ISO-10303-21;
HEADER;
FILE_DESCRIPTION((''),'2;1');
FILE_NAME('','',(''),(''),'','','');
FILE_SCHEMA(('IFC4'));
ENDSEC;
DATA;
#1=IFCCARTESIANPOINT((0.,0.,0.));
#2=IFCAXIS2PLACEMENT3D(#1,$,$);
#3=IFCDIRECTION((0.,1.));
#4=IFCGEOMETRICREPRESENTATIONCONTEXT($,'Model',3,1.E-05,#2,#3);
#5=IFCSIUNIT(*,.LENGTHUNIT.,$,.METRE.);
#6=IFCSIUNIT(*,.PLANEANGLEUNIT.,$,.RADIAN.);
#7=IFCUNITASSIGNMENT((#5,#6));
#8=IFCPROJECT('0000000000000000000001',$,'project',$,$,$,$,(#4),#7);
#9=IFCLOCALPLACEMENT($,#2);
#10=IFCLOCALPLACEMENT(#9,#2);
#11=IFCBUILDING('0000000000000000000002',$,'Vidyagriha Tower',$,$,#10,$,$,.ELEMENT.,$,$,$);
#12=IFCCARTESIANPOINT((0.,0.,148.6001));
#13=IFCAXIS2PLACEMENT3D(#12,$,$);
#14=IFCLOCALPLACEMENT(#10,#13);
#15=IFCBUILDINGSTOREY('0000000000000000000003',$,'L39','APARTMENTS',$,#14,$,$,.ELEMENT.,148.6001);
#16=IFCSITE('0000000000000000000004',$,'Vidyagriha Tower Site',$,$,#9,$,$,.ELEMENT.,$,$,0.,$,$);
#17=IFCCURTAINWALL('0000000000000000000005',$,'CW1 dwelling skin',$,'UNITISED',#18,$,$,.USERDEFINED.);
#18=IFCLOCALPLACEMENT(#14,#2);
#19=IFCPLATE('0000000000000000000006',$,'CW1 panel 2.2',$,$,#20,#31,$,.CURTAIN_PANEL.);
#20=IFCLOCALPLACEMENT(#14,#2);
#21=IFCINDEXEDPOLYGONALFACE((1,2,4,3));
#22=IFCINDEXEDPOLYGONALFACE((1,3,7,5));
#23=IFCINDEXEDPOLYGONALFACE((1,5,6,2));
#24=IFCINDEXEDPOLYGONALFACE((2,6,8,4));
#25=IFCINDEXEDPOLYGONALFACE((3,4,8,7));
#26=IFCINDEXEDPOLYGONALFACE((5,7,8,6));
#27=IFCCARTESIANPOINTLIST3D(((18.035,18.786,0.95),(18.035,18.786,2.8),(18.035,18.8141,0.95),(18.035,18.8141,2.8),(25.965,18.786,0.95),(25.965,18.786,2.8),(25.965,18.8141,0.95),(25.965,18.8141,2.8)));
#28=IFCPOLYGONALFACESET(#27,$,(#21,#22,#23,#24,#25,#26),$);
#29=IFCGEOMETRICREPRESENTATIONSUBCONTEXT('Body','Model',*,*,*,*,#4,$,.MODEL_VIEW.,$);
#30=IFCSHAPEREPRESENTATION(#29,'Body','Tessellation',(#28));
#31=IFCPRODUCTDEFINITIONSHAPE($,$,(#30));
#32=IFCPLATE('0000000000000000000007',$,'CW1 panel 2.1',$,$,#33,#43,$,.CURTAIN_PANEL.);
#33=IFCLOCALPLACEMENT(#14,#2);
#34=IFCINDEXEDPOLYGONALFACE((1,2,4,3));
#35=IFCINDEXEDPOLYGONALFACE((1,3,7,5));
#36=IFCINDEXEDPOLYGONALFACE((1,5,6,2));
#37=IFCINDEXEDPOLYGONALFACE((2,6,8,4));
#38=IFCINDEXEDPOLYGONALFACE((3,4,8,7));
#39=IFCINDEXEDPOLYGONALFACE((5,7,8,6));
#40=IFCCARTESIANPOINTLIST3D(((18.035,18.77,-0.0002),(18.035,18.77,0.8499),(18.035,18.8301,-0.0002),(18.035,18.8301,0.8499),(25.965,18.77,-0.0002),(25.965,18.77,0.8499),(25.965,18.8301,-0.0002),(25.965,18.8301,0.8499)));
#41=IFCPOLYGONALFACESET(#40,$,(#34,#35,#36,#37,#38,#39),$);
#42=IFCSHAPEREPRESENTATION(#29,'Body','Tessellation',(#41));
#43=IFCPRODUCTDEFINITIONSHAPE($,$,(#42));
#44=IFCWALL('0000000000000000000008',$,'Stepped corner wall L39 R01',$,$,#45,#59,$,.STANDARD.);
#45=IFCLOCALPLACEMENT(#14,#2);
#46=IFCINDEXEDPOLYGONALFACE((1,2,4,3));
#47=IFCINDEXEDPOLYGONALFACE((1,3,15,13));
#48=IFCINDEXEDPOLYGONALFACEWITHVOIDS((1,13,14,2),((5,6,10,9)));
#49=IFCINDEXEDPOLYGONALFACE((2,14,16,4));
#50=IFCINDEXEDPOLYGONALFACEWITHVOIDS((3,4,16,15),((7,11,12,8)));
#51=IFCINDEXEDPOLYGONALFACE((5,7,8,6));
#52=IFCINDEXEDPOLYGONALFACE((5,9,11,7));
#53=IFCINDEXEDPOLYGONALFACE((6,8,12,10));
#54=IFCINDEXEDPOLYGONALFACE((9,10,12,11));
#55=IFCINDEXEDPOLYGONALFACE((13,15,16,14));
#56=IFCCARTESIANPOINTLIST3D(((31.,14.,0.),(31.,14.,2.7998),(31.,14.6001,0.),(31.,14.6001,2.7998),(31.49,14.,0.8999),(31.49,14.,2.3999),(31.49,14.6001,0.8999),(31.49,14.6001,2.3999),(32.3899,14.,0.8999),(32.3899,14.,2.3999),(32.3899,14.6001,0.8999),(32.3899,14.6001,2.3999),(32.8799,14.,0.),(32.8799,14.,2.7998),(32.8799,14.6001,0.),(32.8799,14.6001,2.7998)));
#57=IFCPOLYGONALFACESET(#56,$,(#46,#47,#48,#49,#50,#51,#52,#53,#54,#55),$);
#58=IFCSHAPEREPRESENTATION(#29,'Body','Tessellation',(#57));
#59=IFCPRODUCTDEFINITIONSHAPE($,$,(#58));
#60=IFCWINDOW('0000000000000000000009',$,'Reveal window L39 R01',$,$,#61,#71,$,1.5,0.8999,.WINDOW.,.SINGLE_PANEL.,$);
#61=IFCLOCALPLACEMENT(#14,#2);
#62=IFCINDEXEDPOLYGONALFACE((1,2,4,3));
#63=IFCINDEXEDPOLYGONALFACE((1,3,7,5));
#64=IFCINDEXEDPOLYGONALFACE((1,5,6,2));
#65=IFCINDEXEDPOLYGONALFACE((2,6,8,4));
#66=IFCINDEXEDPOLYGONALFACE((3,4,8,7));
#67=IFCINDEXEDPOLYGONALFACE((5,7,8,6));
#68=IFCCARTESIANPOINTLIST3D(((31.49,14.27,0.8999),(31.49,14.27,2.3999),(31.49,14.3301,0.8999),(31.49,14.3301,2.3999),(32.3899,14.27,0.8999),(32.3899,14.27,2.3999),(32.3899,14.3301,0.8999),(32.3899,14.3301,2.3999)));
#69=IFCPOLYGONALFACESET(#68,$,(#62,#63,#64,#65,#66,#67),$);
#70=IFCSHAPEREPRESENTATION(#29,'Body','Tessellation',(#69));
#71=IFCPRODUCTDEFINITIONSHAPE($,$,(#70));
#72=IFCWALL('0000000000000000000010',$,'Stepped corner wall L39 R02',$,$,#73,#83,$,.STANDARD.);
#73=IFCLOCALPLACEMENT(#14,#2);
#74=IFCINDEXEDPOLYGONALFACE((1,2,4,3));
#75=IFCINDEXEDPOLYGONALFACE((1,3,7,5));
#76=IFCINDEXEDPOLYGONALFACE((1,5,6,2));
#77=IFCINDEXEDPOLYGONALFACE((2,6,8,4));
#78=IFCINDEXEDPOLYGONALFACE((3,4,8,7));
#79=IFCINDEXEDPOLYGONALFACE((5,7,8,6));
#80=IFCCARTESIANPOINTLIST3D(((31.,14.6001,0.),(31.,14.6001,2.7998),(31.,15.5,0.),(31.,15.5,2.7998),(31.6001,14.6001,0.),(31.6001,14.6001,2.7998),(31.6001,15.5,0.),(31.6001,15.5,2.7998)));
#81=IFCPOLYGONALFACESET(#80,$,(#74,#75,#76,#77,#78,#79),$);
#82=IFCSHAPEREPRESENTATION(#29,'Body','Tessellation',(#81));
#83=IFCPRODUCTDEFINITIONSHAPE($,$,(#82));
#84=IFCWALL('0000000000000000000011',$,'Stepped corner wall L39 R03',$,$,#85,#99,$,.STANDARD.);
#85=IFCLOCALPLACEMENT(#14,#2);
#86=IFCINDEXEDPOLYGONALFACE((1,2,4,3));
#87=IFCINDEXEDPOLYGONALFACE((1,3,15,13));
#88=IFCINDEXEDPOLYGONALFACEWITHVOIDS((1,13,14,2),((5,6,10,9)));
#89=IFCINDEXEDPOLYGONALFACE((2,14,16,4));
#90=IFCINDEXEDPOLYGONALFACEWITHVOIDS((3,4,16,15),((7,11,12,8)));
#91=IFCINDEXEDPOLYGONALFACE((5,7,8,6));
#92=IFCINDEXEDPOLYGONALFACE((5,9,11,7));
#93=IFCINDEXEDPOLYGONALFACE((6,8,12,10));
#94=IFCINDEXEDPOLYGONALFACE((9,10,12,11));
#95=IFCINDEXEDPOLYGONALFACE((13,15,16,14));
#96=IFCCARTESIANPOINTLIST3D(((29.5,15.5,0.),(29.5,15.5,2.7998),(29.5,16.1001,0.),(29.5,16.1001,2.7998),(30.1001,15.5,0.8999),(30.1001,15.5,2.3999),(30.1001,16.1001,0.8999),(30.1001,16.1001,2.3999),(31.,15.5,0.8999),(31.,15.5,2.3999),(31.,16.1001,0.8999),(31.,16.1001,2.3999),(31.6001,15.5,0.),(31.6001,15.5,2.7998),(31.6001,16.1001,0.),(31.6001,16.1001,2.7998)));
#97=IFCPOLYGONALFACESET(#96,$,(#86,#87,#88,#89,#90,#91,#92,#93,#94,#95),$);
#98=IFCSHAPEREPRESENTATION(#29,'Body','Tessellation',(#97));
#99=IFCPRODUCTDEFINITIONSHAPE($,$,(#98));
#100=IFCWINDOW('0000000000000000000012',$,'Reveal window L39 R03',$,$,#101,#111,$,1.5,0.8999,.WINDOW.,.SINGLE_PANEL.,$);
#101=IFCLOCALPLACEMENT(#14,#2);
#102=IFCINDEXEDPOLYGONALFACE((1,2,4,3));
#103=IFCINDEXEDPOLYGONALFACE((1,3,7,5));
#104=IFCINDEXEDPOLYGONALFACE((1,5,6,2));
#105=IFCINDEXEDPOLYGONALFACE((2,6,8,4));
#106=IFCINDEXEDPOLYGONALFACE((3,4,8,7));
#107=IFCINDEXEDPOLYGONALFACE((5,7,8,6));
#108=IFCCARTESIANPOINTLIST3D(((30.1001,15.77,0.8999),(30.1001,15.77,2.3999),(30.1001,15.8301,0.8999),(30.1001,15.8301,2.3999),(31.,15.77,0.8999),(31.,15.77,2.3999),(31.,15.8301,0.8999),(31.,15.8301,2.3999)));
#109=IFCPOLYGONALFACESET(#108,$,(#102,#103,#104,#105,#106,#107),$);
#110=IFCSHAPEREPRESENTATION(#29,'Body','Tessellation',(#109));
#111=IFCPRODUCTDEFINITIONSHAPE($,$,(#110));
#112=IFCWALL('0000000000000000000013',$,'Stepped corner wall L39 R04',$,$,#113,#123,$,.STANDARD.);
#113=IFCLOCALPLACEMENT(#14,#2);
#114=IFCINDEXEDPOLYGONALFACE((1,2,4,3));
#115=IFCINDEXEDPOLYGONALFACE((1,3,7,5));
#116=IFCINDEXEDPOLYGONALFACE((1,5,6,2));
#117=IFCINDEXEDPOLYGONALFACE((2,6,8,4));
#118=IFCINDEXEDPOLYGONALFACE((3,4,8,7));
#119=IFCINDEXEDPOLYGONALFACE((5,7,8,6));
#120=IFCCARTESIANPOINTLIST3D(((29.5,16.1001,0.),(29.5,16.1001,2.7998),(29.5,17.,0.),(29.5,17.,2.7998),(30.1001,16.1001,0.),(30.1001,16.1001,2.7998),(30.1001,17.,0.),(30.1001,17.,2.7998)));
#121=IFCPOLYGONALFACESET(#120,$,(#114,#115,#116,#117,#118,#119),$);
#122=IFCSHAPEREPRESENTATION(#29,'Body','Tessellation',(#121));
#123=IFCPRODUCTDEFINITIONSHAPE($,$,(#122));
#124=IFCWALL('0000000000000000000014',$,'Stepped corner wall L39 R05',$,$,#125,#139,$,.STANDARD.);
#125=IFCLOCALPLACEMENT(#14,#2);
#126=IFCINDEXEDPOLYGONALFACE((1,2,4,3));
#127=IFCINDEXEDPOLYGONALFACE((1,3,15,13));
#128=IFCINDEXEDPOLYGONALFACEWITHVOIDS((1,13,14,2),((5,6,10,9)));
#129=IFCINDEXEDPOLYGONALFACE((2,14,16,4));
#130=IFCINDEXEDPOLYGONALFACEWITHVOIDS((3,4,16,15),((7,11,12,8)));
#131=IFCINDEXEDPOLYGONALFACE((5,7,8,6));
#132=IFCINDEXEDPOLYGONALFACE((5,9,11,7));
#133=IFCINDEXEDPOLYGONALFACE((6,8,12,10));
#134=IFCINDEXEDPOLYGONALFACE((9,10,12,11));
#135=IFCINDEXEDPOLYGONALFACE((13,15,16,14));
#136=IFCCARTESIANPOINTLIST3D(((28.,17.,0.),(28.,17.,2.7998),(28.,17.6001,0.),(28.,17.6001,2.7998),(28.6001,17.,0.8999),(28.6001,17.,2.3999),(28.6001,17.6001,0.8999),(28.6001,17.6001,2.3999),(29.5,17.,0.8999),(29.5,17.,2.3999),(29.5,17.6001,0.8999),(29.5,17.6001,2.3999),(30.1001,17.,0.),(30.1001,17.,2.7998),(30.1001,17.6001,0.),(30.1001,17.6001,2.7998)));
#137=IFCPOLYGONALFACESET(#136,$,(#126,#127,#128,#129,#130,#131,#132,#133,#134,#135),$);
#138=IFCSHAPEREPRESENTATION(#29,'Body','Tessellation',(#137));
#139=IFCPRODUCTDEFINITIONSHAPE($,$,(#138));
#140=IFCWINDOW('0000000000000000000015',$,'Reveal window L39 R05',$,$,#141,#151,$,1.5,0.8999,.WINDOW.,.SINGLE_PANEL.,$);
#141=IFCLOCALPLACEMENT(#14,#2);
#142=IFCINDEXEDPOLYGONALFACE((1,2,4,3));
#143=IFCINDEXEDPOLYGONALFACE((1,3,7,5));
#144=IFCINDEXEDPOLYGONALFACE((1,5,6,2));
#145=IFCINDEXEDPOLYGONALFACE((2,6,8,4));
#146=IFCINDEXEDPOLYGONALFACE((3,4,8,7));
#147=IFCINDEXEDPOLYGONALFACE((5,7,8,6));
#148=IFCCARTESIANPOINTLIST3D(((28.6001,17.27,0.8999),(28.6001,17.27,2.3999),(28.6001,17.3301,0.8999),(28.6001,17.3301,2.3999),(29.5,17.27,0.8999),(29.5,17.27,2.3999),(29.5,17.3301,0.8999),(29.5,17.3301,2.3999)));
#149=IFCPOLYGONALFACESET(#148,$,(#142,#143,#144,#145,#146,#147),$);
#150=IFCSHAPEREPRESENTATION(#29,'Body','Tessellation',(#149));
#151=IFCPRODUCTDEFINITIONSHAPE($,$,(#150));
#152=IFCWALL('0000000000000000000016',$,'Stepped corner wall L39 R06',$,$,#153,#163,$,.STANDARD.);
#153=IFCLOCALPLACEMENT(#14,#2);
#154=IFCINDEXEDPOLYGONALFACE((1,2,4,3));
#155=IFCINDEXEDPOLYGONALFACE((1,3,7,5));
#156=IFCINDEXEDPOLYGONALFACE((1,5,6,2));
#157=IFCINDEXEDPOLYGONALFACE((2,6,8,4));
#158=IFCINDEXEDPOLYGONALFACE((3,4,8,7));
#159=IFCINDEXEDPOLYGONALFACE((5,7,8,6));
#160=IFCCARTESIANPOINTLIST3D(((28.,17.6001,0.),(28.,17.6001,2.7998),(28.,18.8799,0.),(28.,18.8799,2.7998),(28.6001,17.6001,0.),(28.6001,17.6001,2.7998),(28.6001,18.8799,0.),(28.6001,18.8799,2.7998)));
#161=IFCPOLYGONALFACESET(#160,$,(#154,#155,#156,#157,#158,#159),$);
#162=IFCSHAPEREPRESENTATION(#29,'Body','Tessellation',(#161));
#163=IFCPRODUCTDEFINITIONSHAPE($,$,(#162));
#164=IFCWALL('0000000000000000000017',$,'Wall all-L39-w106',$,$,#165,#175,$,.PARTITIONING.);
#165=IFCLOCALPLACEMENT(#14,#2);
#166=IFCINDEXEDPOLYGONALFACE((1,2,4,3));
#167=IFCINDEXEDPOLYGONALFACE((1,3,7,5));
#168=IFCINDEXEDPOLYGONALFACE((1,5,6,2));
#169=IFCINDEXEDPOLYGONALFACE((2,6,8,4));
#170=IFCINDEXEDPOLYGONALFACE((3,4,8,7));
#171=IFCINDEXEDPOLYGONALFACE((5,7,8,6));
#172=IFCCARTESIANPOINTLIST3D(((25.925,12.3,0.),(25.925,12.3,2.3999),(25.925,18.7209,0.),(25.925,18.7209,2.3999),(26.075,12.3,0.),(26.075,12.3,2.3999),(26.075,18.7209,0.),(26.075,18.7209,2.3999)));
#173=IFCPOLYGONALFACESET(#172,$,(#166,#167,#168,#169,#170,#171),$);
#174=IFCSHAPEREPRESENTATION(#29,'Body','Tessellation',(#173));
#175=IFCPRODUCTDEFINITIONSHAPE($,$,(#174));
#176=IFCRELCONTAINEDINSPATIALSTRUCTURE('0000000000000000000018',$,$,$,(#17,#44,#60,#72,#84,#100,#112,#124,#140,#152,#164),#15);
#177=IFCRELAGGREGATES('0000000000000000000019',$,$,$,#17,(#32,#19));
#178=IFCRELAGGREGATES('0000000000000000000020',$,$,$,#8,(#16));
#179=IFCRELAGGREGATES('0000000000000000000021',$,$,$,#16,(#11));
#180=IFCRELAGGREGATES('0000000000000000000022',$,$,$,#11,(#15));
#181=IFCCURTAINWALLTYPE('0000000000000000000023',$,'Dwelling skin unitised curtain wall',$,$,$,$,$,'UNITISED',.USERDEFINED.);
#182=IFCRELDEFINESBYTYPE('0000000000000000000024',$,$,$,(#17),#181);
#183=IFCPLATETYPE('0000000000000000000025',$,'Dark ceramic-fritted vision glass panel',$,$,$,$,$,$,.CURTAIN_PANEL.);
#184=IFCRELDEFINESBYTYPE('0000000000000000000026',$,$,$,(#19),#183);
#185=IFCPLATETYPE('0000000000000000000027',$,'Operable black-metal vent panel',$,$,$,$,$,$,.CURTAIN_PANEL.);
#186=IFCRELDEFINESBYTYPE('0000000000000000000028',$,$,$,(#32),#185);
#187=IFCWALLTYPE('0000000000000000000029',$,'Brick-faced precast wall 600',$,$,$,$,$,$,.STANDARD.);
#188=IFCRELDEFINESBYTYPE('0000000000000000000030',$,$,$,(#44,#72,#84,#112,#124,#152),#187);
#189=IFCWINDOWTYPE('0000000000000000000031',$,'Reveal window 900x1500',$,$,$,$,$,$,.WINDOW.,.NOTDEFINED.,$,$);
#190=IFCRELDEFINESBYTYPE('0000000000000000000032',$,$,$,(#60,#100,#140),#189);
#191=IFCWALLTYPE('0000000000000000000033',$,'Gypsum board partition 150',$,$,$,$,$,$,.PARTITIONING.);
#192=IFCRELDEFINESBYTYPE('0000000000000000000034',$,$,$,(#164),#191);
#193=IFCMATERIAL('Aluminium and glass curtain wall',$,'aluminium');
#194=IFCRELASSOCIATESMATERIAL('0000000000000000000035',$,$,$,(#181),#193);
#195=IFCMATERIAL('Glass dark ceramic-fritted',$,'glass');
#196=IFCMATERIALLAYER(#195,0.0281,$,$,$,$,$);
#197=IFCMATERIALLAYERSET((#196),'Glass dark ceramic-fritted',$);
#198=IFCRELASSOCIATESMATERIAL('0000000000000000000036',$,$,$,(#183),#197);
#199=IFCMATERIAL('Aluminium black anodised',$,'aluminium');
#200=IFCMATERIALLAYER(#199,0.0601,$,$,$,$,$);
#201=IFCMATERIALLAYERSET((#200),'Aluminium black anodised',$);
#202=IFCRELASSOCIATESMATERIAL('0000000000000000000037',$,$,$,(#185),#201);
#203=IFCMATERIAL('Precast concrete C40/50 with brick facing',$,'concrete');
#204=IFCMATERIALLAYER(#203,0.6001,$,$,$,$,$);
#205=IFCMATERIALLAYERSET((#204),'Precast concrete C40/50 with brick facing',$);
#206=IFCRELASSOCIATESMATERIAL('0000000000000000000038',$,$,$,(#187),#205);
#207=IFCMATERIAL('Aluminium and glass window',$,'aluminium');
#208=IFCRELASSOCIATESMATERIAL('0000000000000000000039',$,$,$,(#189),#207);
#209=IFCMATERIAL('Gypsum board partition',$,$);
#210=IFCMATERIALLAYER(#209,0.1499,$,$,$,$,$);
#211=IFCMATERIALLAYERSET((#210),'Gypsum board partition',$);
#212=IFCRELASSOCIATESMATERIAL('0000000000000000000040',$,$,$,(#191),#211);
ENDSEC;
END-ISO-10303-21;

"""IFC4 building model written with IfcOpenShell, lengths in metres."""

from ifc_helpers import new_model, si_unit, direction, frame, frame_2d, origin, origin_2d, place, context, subcontext, project, spatial, rectangle, extrude, material, layer, layer_set, type_object, element, fill, aggregate, save


model = new_model("IFC4")

# Units and contexts
model_context = context("Model", 3, precision=1e-05, world=origin(), true_north=direction((0.0, 1.0)))
body_context = subcontext(model_context, "Body", "Model", "MODEL_VIEW")
ifc_project = project(units=[si_unit("LENGTHUNIT", "METRE"), si_unit("PLANEANGLEUNIT", "RADIAN")], contexts=[model_context])

# Site, building, storey
site_placement = place(None, origin())
site = spatial("IfcSite", under=ifc_project, at=site_placement, Name="Vidyagriha Tower Site", CompositionType="ELEMENT", RefElevation=0.0)
building_placement = place(site_placement, origin())
building = spatial("IfcBuilding", under=site, at=building_placement, Name="Vidyagriha Tower", CompositionType="ELEMENT")
storey_placement = place(building_placement, frame((0.0, 0.0, 148.6001)))
storey = spatial("IfcBuildingStorey", under=building, at=storey_placement, Name="L39", Description="APARTMENTS", CompositionType="ELEMENT", Elevation=148.6001)

# Curtain wall, plates
ifc_material_1 = material(Name="Aluminium and glass curtain wall", Category="aluminium")
curtain_wall_type = type_object("IfcCurtainWallType", Name="Dwelling skin unitised curtain wall", ElementType="UNITISED", PredefinedType="USERDEFINED", material=ifc_material_1)
curtain_wall_placement = place(storey_placement, origin())
curtain_wall = element("IfcCurtainWall", 1, at=curtain_wall_placement, inside=storey, type_object=curtain_wall_type, Name="CW1 dwelling skin", ObjectType="UNITISED", PredefinedType="USERDEFINED")
ifc_material_2 = material(Name="Glass dark ceramic-fritted", Category="glass")
ifc_layer_1 = layer(ifc_material_2, 0.0281)
ifc_layer_set_1 = layer_set([ifc_layer_1], Name="Glass dark ceramic-fritted")
plate_type_1 = type_object("IfcPlateType", Name="Dark ceramic-fritted vision glass panel", PredefinedType="CURTAIN_PANEL", material=ifc_layer_set_1)
plate_1_placement = place(storey_placement, frame((22.0, 18.8, 0.95), z_axis=(0.0, 0.0, 1.0), x_axis=(-1.0, 0.0, 0.0)))
plate_1 = element("IfcPlate", 2, at=plate_1_placement, type_object=plate_type_1, Name="CW1 panel 2.2", PredefinedType="CURTAIN_PANEL", context=body_context, shape_type="SweptSolid", body=[
    extrude(rectangle(XDim=7.9299, YDim=0.0281, at=origin_2d()), origin(), (0.0, 0.0, 1.0), 1.8501),
])
ifc_material_3 = material(Name="Aluminium black anodised", Category="aluminium")
ifc_layer_2 = layer(ifc_material_3, 0.0601)
ifc_layer_set_2 = layer_set([ifc_layer_2], Name="Aluminium black anodised")
plate_type_2 = type_object("IfcPlateType", Name="Operable black-metal vent panel", PredefinedType="CURTAIN_PANEL", material=ifc_layer_set_2)
plate_2_placement = place(storey_placement, frame((22.0, 18.8, -0.0002), z_axis=(0.0, 0.0, 1.0), x_axis=(-1.0, 0.0, 0.0)))
plate_2 = element("IfcPlate", 3, at=plate_2_placement, type_object=plate_type_2, Name="CW1 panel 2.1", PredefinedType="CURTAIN_PANEL", context=body_context, shape_type="SweptSolid", body=[
    extrude(rectangle(XDim=7.9299, YDim=0.0601, at=origin_2d()), origin(), (0.0, 0.0, 1.0), 0.8501),
])
aggregate(curtain_wall, [plate_2, plate_1])

# Wall, opening, window
ifc_material_4 = material(Name="Precast concrete C40/50 with brick facing", Category="concrete")
ifc_layer_3 = layer(ifc_material_4, 0.6001)
ifc_layer_set_3 = layer_set([ifc_layer_3], Name="Precast concrete C40/50 with brick facing")
wall_type_1 = type_object("IfcWallType", Name="Brick-faced precast wall 600", PredefinedType="STANDARD", material=ifc_layer_set_3)
wall_1_placement = place(storey_placement, frame((32.8799, 14.3, 0.0), z_axis=(0.0, 0.0, 1.0), x_axis=(-1.0, 0.0, 0.0)))
wall_1 = element("IfcWall", 4, at=wall_1_placement, inside=storey, type_object=wall_type_1, Name="Stepped corner wall L39 R01", PredefinedType="STANDARD", context=body_context, shape_type="SweptSolid", body=[
    extrude(rectangle(XDim=1.8799, YDim=0.6001, at=frame_2d((0.9399, 0.0))), origin(), (0.0, 0.0, 1.0), 2.7998),
])
opening_1_placement = place(wall_1_placement, frame((0.49, 0.0, 0.8999)))
opening_1 = element("IfcOpeningElement", 5, at=opening_1_placement, cuts=wall_1, PredefinedType="OPENING", context=body_context, shape_type="SweptSolid", body=[
    extrude(rectangle(XDim=0.8999, YDim=1.5, at=frame_2d((0.45, 0.75))), frame((0.0, 0.3101, 0.0), z_axis=(0.0, -1.0, 0.0), x_axis=(1.0, 0.0, 0.0)), (0.0, 0.0, 1.0), 0.6201),
])
ifc_material_5 = material(Name="Aluminium and glass window", Category="aluminium")
window_type = type_object("IfcWindowType", Name="Reveal window 900x1500", PartitioningType="NOTDEFINED", PredefinedType="WINDOW", material=ifc_material_5)
window_1_placement = place(opening_1_placement, origin())
window_1 = element("IfcWindow", 6, at=window_1_placement, inside=storey, type_object=window_type, Name="Reveal window L39 R01", OverallHeight=1.5, OverallWidth=0.8999, PartitioningType="SINGLE_PANEL", PredefinedType="WINDOW", context=body_context, shape_type="SweptSolid", body=[
    extrude(rectangle(XDim=0.8999, YDim=1.5, at=frame_2d((0.45, 0.75))), frame((0.0, 0.03, 0.0), z_axis=(0.0, -1.0, 0.0), x_axis=(1.0, 0.0, 0.0)), (0.0, 0.0, 1.0), 0.0601),
])
fill(opening_1, window_1)

# Wall
wall_2_placement = place(storey_placement, frame((31.3, 14.6001, 0.0), z_axis=(0.0, 0.0, 1.0), x_axis=(0.0, 1.0, 0.0)))
element("IfcWall", 7, at=wall_2_placement, inside=storey, type_object=wall_type_1, Name="Stepped corner wall L39 R02", PredefinedType="STANDARD", context=body_context, shape_type="SweptSolid", body=[
    extrude(rectangle(XDim=0.8999, YDim=0.6001, at=frame_2d((0.45, 0.0))), origin(), (0.0, 0.0, 1.0), 2.7998),
])

# Wall, opening, window
wall_3_placement = place(storey_placement, frame((31.6001, 15.8, 0.0), z_axis=(0.0, 0.0, 1.0), x_axis=(-1.0, 0.0, 0.0)))
wall_3 = element("IfcWall", 8, at=wall_3_placement, inside=storey, type_object=wall_type_1, Name="Stepped corner wall L39 R03", PredefinedType="STANDARD", context=body_context, shape_type="SweptSolid", body=[
    extrude(rectangle(XDim=2.1001, YDim=0.6001, at=frame_2d((1.05, 0.0))), origin(), (0.0, 0.0, 1.0), 2.7998),
])
opening_2_placement = place(wall_3_placement, frame((0.6001, 0.0, 0.8999)))
opening_2 = element("IfcOpeningElement", 9, at=opening_2_placement, cuts=wall_3, PredefinedType="OPENING", context=body_context, shape_type="SweptSolid", body=[
    extrude(rectangle(XDim=0.8999, YDim=1.5, at=frame_2d((0.45, 0.75))), frame((0.0, 0.3101, 0.0), z_axis=(0.0, -1.0, 0.0), x_axis=(1.0, 0.0, 0.0)), (0.0, 0.0, 1.0), 0.6201),
])
window_2_placement = place(opening_2_placement, origin())
window_2 = element("IfcWindow", 10, at=window_2_placement, inside=storey, type_object=window_type, Name="Reveal window L39 R03", OverallHeight=1.5, OverallWidth=0.8999, PartitioningType="SINGLE_PANEL", PredefinedType="WINDOW", context=body_context, shape_type="SweptSolid", body=[
    extrude(rectangle(XDim=0.8999, YDim=1.5, at=frame_2d((0.45, 0.75))), frame((0.0, 0.03, 0.0), z_axis=(0.0, -1.0, 0.0), x_axis=(1.0, 0.0, 0.0)), (0.0, 0.0, 1.0), 0.0601),
])
fill(opening_2, window_2)

# Wall
wall_4_placement = place(storey_placement, frame((29.8, 16.1001, 0.0), z_axis=(0.0, 0.0, 1.0), x_axis=(0.0, 1.0, 0.0)))
element("IfcWall", 11, at=wall_4_placement, inside=storey, type_object=wall_type_1, Name="Stepped corner wall L39 R04", PredefinedType="STANDARD", context=body_context, shape_type="SweptSolid", body=[
    extrude(rectangle(XDim=0.8999, YDim=0.6001, at=frame_2d((0.45, 0.0))), origin(), (0.0, 0.0, 1.0), 2.7998),
])

# Wall, opening, window
wall_5_placement = place(storey_placement, frame((30.1001, 17.3, 0.0), z_axis=(0.0, 0.0, 1.0), x_axis=(-1.0, 0.0, 0.0)))
wall_5 = element("IfcWall", 12, at=wall_5_placement, inside=storey, type_object=wall_type_1, Name="Stepped corner wall L39 R05", PredefinedType="STANDARD", context=body_context, shape_type="SweptSolid", body=[
    extrude(rectangle(XDim=2.1001, YDim=0.6001, at=frame_2d((1.05, 0.0))), origin(), (0.0, 0.0, 1.0), 2.7998),
])
opening_3_placement = place(wall_5_placement, frame((0.6001, 0.0, 0.8999)))
opening_3 = element("IfcOpeningElement", 13, at=opening_3_placement, cuts=wall_5, PredefinedType="OPENING", context=body_context, shape_type="SweptSolid", body=[
    extrude(rectangle(XDim=0.8999, YDim=1.5, at=frame_2d((0.45, 0.75))), frame((0.0, 0.3101, 0.0), z_axis=(0.0, -1.0, 0.0), x_axis=(1.0, 0.0, 0.0)), (0.0, 0.0, 1.0), 0.6201),
])
window_3_placement = place(opening_3_placement, origin())
window_3 = element("IfcWindow", 14, at=window_3_placement, inside=storey, type_object=window_type, Name="Reveal window L39 R05", OverallHeight=1.5, OverallWidth=0.8999, PartitioningType="SINGLE_PANEL", PredefinedType="WINDOW", context=body_context, shape_type="SweptSolid", body=[
    extrude(rectangle(XDim=0.8999, YDim=1.5, at=frame_2d((0.45, 0.75))), frame((0.0, 0.03, 0.0), z_axis=(0.0, -1.0, 0.0), x_axis=(1.0, 0.0, 0.0)), (0.0, 0.0, 1.0), 0.0601),
])
fill(opening_3, window_3)

# Walls
wall_6_placement = place(storey_placement, frame((28.3, 17.6001, 0.0), z_axis=(0.0, 0.0, 1.0), x_axis=(0.0, 1.0, 0.0)))
element("IfcWall", 15, at=wall_6_placement, inside=storey, type_object=wall_type_1, Name="Stepped corner wall L39 R06", PredefinedType="STANDARD", context=body_context, shape_type="SweptSolid", body=[
    extrude(rectangle(XDim=1.2798, YDim=0.6001, at=frame_2d((0.6399, 0.0))), origin(), (0.0, 0.0, 1.0), 2.7998),
])
ifc_material_6 = material(Name="Gypsum board partition")
ifc_layer_4 = layer(ifc_material_6, 0.1499)
ifc_layer_set_4 = layer_set([ifc_layer_4], Name="Gypsum board partition")
wall_type_2 = type_object("IfcWallType", Name="Gypsum board partition 150", PredefinedType="PARTITIONING", material=ifc_layer_set_4)
wall_7_placement = place(storey_placement, frame((26.0, 18.7209, 0.0), z_axis=(0.0, 0.0, 1.0), x_axis=(0.0, -1.0, 0.0)))
element("IfcWall", 16, at=wall_7_placement, inside=storey, type_object=wall_type_2, Name="Wall all-L39-w106", PredefinedType="PARTITIONING", context=body_context, shape_type="SweptSolid", body=[
    extrude(rectangle(XDim=6.4209, YDim=0.1499, at=frame_2d((3.2104, 0.0))), origin(), (0.0, 0.0, 1.0), 2.3999),
])

save(model, "model.ifc")
